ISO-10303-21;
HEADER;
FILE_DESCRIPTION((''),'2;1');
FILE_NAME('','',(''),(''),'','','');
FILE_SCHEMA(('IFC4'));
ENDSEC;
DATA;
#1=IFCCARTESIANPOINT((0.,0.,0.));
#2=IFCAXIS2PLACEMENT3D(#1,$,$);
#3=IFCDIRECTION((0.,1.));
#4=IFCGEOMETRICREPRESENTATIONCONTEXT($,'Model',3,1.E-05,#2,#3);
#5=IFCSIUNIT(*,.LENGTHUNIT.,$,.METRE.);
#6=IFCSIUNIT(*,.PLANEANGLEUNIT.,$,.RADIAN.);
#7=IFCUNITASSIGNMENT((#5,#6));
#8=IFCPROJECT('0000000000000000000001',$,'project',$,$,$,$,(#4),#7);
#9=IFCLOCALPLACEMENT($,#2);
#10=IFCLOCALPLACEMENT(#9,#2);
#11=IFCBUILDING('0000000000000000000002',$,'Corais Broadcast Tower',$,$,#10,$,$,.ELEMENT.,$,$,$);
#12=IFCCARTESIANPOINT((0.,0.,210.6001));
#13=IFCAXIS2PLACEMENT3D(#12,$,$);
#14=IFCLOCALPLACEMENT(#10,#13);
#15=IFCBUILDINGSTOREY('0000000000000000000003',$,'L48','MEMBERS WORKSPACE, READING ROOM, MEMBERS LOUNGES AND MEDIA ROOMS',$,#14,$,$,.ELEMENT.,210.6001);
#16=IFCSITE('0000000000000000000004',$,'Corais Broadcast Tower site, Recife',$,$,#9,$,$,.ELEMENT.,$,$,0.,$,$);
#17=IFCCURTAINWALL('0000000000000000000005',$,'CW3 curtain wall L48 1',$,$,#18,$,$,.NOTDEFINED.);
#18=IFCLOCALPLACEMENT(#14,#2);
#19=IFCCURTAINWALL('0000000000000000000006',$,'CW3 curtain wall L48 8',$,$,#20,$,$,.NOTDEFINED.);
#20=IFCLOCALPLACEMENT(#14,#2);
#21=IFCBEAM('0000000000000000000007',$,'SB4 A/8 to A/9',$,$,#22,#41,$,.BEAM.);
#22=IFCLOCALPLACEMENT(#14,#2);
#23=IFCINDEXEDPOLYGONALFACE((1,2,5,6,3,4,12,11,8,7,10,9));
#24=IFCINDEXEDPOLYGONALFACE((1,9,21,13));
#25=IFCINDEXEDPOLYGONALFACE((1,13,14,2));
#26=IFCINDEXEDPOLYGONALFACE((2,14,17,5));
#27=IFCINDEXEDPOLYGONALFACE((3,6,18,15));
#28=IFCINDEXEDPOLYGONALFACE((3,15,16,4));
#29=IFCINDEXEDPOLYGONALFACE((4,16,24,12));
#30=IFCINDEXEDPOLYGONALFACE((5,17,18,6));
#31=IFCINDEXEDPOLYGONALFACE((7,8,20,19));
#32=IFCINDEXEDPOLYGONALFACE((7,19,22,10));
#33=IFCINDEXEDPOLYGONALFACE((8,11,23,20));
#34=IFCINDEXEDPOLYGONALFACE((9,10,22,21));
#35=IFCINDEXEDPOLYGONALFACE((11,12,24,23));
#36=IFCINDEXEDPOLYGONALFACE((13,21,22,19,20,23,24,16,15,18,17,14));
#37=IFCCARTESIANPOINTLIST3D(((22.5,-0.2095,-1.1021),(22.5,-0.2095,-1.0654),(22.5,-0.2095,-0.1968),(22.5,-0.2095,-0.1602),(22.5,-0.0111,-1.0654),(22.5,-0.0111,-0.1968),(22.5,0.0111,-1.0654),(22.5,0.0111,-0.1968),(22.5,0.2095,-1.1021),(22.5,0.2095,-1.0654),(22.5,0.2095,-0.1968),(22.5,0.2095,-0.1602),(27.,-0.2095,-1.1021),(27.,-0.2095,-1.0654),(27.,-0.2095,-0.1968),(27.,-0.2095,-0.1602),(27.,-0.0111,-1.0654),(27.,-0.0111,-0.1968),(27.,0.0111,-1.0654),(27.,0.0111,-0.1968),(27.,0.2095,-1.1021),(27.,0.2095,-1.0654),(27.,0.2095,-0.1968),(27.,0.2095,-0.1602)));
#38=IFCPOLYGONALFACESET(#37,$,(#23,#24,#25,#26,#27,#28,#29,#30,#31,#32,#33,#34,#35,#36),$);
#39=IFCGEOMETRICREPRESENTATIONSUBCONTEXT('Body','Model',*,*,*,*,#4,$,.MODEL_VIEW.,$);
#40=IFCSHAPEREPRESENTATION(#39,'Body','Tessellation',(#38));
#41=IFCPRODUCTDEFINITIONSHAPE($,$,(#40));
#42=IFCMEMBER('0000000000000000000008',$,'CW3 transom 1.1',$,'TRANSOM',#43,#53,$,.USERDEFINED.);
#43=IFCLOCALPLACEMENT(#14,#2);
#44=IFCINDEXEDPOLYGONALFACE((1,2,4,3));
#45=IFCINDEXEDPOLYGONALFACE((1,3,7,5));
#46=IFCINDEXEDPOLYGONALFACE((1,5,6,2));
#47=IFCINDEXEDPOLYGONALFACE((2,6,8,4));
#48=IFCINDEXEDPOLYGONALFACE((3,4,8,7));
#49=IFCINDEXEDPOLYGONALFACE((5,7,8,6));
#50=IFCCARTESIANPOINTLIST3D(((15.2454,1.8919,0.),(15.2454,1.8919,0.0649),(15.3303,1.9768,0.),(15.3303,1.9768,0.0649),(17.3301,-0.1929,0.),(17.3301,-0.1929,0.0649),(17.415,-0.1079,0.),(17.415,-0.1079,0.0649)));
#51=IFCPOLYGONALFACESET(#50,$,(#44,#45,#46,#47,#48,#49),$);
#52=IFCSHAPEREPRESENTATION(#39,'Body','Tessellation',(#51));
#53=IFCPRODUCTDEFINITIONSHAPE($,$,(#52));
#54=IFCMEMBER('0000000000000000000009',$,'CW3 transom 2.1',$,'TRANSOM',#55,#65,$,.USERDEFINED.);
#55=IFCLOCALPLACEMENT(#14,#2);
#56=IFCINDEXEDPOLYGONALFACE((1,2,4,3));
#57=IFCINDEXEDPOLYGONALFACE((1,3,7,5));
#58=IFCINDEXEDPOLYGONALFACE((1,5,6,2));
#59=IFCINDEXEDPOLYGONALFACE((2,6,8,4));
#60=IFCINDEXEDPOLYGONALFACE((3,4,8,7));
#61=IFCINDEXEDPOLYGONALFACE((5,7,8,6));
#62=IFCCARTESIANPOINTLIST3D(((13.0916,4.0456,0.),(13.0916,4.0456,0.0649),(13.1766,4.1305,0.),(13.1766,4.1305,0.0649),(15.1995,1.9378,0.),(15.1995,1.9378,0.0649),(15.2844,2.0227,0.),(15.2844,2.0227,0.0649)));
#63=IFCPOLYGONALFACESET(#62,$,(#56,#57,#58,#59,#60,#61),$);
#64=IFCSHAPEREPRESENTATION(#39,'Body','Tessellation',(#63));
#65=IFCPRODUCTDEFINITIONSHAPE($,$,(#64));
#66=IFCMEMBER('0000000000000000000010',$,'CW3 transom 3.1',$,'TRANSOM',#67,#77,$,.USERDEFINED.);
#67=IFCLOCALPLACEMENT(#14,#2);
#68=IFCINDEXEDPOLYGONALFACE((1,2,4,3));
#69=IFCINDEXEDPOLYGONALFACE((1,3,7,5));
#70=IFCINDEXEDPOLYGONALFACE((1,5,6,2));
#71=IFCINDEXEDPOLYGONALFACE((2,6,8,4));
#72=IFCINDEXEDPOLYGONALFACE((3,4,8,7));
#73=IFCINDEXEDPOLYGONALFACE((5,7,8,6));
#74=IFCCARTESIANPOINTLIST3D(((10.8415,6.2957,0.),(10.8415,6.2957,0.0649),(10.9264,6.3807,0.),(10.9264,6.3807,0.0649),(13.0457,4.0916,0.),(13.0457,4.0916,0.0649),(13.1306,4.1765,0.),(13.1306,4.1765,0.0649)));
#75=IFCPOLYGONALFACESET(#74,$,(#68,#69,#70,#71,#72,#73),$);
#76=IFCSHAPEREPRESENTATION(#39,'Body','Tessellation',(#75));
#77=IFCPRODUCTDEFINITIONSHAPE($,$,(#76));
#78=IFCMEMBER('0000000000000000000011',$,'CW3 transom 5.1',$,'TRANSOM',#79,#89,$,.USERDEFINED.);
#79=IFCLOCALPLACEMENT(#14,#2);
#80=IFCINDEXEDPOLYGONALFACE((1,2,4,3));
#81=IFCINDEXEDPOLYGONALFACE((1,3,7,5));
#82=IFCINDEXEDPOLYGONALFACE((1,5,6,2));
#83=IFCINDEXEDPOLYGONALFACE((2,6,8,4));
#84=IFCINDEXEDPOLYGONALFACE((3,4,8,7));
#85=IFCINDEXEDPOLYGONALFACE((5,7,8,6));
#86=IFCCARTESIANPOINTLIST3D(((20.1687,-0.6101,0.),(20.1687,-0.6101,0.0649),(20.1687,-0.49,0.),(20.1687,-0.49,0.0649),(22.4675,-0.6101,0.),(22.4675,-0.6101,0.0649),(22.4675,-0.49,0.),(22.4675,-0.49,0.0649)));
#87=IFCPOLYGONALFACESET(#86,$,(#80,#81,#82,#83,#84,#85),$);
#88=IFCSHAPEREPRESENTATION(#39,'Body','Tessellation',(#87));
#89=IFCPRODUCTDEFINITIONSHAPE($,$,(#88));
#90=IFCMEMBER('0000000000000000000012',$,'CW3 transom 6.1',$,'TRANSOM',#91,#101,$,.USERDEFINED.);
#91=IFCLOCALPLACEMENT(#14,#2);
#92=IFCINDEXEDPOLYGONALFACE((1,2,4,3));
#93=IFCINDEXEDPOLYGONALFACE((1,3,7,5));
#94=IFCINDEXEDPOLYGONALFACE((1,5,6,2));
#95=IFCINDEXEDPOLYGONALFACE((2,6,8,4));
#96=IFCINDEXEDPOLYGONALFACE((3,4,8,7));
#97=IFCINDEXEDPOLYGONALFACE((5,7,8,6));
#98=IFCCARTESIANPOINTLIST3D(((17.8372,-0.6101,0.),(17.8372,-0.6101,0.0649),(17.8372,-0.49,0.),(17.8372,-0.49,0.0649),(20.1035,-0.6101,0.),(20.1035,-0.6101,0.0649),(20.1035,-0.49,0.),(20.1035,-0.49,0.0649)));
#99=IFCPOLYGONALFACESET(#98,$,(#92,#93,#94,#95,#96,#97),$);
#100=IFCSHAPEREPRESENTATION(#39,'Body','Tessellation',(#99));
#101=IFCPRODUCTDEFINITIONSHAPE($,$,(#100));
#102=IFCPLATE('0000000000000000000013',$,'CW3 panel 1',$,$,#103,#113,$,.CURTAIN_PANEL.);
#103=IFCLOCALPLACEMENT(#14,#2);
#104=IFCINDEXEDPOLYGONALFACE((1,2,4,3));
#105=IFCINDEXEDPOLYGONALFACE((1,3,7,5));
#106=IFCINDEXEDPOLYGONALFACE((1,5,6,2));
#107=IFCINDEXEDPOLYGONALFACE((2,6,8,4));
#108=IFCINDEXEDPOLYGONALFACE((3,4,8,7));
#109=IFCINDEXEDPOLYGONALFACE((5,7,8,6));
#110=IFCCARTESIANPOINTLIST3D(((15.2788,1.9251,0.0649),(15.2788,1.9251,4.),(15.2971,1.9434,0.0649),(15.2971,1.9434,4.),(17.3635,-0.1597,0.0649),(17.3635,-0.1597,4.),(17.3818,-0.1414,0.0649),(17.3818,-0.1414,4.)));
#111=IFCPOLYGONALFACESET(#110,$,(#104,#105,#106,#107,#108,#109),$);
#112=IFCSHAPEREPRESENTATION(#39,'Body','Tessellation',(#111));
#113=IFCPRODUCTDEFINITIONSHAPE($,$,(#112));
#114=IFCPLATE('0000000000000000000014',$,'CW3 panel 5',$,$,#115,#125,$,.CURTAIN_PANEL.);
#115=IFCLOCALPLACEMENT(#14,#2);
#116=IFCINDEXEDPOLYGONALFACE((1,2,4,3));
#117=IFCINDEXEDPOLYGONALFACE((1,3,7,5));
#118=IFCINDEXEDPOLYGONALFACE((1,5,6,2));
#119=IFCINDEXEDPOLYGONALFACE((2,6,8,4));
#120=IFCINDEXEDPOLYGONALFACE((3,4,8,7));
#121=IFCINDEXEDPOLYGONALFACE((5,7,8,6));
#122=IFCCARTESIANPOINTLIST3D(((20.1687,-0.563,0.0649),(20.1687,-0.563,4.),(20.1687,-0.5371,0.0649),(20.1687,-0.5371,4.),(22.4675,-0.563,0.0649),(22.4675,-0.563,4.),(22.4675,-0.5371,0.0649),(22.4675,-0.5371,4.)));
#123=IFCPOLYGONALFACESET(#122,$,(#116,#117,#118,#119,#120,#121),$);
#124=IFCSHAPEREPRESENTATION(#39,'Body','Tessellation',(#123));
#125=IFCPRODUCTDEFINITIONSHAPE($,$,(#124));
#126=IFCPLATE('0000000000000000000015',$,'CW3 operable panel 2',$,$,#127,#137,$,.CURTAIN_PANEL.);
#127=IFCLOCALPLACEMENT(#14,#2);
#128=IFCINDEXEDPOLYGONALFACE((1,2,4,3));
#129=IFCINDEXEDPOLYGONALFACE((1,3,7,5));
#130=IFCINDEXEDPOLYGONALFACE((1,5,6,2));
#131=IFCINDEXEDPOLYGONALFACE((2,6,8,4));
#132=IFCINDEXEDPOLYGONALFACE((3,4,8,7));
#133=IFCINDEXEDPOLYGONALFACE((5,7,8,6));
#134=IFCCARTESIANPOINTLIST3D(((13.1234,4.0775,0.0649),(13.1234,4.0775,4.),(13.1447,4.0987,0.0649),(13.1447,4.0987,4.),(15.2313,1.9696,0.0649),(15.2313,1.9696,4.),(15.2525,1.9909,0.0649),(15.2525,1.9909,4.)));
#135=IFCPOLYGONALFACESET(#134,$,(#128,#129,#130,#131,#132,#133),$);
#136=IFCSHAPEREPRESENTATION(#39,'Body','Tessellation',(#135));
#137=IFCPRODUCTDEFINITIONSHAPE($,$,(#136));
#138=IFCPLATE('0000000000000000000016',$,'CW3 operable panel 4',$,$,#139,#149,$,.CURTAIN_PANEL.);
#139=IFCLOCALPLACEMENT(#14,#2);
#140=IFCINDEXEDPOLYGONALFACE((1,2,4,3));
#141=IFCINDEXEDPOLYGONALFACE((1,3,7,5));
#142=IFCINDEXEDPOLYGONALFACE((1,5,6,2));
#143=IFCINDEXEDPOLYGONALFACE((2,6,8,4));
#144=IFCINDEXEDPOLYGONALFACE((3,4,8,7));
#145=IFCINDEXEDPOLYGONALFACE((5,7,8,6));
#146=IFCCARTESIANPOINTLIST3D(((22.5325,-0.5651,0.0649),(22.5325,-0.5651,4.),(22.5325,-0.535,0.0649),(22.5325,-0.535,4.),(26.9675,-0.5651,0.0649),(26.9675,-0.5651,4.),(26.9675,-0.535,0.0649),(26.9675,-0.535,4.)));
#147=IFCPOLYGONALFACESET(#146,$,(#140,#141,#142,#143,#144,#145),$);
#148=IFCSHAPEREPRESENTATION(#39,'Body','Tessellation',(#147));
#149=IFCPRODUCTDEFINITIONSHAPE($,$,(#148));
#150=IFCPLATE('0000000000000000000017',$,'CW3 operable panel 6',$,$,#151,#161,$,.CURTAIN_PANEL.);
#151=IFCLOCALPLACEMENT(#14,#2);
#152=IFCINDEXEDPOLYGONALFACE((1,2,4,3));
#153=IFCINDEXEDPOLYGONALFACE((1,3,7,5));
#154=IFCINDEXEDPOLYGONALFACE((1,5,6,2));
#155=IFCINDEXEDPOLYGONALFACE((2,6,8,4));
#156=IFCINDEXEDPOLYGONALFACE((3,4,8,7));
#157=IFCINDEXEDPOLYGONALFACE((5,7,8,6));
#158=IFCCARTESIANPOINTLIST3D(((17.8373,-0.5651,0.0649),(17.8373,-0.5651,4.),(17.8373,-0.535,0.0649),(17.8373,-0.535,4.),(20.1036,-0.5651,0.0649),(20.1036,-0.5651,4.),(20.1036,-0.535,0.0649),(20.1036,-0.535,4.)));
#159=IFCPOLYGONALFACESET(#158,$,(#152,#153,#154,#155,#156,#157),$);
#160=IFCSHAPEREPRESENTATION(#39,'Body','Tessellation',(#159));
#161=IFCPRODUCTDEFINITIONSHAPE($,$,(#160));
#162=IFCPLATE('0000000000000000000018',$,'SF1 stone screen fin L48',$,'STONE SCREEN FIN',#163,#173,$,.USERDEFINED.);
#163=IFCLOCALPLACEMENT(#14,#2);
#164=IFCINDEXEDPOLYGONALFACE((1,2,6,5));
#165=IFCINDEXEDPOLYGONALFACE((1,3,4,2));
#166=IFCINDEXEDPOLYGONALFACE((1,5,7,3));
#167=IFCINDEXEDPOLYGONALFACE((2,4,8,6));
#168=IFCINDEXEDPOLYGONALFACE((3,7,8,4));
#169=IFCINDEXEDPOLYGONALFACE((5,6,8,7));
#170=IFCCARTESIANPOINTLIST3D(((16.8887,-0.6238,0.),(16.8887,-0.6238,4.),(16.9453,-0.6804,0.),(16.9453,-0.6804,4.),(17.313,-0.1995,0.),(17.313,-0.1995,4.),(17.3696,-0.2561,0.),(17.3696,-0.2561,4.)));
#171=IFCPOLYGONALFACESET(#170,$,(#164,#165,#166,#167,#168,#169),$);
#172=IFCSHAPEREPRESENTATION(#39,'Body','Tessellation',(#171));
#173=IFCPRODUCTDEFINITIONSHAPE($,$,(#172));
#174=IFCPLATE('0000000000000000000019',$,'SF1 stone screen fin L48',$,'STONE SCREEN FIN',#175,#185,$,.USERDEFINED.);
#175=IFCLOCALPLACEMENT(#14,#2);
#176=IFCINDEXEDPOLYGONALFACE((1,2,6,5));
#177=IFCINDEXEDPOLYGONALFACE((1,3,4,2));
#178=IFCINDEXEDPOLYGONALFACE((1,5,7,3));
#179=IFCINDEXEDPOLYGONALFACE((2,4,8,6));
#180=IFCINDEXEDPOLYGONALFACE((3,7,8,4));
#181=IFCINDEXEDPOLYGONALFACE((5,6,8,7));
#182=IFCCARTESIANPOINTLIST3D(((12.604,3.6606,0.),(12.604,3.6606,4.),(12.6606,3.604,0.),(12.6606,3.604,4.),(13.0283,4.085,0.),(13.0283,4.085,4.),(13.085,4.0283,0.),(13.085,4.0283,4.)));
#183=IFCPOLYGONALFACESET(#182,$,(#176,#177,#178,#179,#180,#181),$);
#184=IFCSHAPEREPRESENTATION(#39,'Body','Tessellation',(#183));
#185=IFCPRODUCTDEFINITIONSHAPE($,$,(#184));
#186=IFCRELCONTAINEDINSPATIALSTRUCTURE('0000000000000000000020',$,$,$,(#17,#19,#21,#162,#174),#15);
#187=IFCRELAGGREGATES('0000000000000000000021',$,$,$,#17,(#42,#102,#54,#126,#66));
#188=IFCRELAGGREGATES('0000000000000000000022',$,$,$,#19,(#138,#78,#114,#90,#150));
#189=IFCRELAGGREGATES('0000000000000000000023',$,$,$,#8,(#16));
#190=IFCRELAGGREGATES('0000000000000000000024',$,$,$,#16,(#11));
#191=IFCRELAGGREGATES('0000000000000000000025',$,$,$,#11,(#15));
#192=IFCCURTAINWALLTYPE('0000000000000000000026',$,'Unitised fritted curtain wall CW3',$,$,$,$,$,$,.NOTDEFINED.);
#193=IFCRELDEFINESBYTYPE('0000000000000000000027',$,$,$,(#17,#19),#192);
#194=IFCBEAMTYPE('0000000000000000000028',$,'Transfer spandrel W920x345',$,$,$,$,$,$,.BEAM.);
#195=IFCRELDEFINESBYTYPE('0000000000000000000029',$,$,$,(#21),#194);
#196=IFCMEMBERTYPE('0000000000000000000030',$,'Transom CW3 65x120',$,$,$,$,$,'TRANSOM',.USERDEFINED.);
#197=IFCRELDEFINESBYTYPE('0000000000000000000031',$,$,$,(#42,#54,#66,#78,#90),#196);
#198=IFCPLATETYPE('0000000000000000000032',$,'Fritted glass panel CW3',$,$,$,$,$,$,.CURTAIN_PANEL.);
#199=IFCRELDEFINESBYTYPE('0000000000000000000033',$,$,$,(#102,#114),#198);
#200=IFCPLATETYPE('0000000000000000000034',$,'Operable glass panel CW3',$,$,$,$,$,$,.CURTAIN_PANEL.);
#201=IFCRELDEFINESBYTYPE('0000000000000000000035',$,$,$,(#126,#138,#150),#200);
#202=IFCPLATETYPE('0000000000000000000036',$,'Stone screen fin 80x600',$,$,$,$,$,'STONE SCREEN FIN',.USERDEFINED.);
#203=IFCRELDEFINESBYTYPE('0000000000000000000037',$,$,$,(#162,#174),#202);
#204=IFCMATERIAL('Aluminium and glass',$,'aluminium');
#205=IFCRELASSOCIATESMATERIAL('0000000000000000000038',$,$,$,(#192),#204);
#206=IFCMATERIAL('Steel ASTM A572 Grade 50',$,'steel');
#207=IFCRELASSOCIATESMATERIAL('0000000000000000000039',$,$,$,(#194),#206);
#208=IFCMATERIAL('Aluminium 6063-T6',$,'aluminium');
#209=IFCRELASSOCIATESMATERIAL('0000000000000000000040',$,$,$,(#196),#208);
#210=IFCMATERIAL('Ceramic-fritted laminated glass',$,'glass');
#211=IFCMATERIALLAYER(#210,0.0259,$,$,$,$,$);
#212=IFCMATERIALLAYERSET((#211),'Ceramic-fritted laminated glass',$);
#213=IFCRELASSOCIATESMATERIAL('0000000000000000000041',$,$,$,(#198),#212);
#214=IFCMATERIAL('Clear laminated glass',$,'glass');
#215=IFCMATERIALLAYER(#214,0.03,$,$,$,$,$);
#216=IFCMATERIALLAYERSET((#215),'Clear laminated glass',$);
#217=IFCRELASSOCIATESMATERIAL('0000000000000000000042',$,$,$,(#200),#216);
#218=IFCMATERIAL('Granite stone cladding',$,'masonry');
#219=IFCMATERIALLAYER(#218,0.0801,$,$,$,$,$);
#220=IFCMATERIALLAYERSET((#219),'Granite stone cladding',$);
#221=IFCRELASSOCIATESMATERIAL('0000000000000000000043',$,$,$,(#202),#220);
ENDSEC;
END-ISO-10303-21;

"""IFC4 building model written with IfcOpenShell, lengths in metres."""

from ifc_helpers import new_model, si_unit, direction, frame, origin, origin_2d, place, context, subcontext, project, spatial, rectangle, i_section, extrude, material, layer, layer_set, material_profile, profile_set, type_object, element, aggregate, save


model = new_model("IFC4")

# Units and contexts
model_context = context("Model", 3, precision=1e-05, world=origin(), true_north=direction((0.0, 1.0)))
body_context = subcontext(model_context, "Body", "Model", "MODEL_VIEW")
ifc_project = project(units=[si_unit("LENGTHUNIT", "METRE"), si_unit("PLANEANGLEUNIT", "RADIAN")], contexts=[model_context])

# Site, building, storey
site_placement = place(None, origin())
site = spatial("IfcSite", under=ifc_project, at=site_placement, Name="Corais Broadcast Tower site, Recife", CompositionType="ELEMENT", RefElevation=0.0)
building_placement = place(site_placement, origin())
building = spatial("IfcBuilding", under=site, at=building_placement, Name="Corais Broadcast Tower", CompositionType="ELEMENT")
storey_placement = place(building_placement, frame((0.0, 0.0, 210.6001)))
storey = spatial("IfcBuildingStorey", under=building, at=storey_placement, Name="L48", Description="MEMBERS WORKSPACE, READING ROOM, MEMBERS LOUNGES AND MEDIA ROOMS", CompositionType="ELEMENT", Elevation=210.6001)

# Curtain walls
ifc_material_1 = material(Name="Aluminium and glass", Category="aluminium")
curtain_wall_type = type_object("IfcCurtainWallType", Name="Unitised fritted curtain wall CW3", PredefinedType="NOTDEFINED", material=ifc_material_1)
curtain_wall_1_placement = place(storey_placement, origin())
curtain_wall_1 = element("IfcCurtainWall", 1, at=curtain_wall_1_placement, inside=storey, type_object=curtain_wall_type, Name="CW3 curtain wall L48 1", PredefinedType="NOTDEFINED")
curtain_wall_2_placement = place(storey_placement, origin())
curtain_wall_2 = element("IfcCurtainWall", 2, at=curtain_wall_2_placement, inside=storey, type_object=curtain_wall_type, Name="CW3 curtain wall L48 8", PredefinedType="NOTDEFINED")

# Beam
ifc_material_2 = material(Name="Steel ASTM A572 Grade 50", Category="steel")
ifc_material_profile_1 = material_profile(ifc_material_2, i_section(OverallWidth=0.4189, OverallDepth=0.9419, WebThickness=0.0222, FlangeThickness=0.0366, at=origin_2d()), Name="W920x345")
ifc_profile_set_1 = profile_set([ifc_material_profile_1], Name="Steel ASTM A572 Grade 50")
beam_type_1 = type_object("IfcBeamType", Name="Transfer spandrel W920x345", PredefinedType="BEAM", material=ifc_profile_set_1)
for number, where, z_axis, x_axis, name in (
    (3, (22.5, 0.0, -0.6311), (1.0, 0.0, 0.0), (0.0, 1.0, 0.0), "SB4 A/8 to A/9"),
):
    element("IfcBeam", number, at=place(storey_placement, frame(where, z_axis=z_axis, x_axis=x_axis)), inside=storey, type_object=beam_type_1, Name=name, PredefinedType="BEAM", context=body_context, shape_type="SweptSolid", body=[
        extrude(i_section(OverallWidth=0.4189, OverallDepth=0.9419, WebThickness=0.0222, FlangeThickness=0.0366, at=origin_2d()), origin(), (0.0, 0.0, 1.0), 4.5),
    ])

# Members
ifc_material_3 = material(Name="Aluminium 6063-T6", Category="aluminium")
ifc_material_profile_2 = material_profile(ifc_material_3, rectangle(XDim=0.1201, YDim=0.0649, at=origin_2d()), Name="Transom CW3 65x120")
ifc_profile_set_2 = profile_set([ifc_material_profile_2], Name="Aluminium 6063-T6")
member_type_1 = type_object("IfcMemberType", Name="Transom CW3 65x120", ElementType="TRANSOM", PredefinedType="USERDEFINED", material=ifc_profile_set_2)
member_1_placement = place(storey_placement, frame((17.3726, -0.1504, 0.0325), z_axis=(-0.707107, 0.707107, 0.0), x_axis=(-0.707107, -0.707107, 0.0)))
member_1 = element("IfcMember", 4, at=member_1_placement, type_object=member_type_1, Name="CW3 transom 1.1", ObjectType="TRANSOM", PredefinedType="USERDEFINED", context=body_context, shape_type="SweptSolid", body=[
    extrude(rectangle(XDim=0.1201, YDim=0.0649, at=origin_2d()), origin(), (0.0, 0.0, 1.0), 2.9482),
])
member_2_placement = place(storey_placement, frame((15.2419, 1.9802, 0.0325), z_axis=(-0.707107, 0.707107, 0.0), x_axis=(-0.707107, -0.707107, 0.0)))
member_2 = element("IfcMember", 5, at=member_2_placement, type_object=member_type_1, Name="CW3 transom 2.1", ObjectType="TRANSOM", PredefinedType="USERDEFINED", context=body_context, shape_type="SweptSolid", body=[
    extrude(rectangle(XDim=0.1201, YDim=0.0649, at=origin_2d()), origin(), (0.0, 0.0, 1.0), 2.981),
])
member_3_placement = place(storey_placement, frame((13.0881, 4.134, 0.0325), z_axis=(-0.707107, 0.707107, 0.0), x_axis=(-0.707107, -0.707107, 0.0)))
member_3 = element("IfcMember", 6, at=member_3_placement, type_object=member_type_1, Name="CW3 transom 3.1", ObjectType="TRANSOM", PredefinedType="USERDEFINED", context=body_context, shape_type="SweptSolid", body=[
    extrude(rectangle(XDim=0.1201, YDim=0.0649, at=origin_2d()), origin(), (0.0, 0.0, 1.0), 3.1172),
])
member_4_placement = place(storey_placement, frame((22.4675, -0.55, 0.0325), z_axis=(-1.0, 0.0, 0.0), x_axis=(0.0, -1.0, 0.0)))
member_4 = element("IfcMember", 7, at=member_4_placement, type_object=member_type_1, Name="CW3 transom 5.1", ObjectType="TRANSOM", PredefinedType="USERDEFINED", context=body_context, shape_type="SweptSolid", body=[
    extrude(rectangle(XDim=0.1201, YDim=0.0649, at=origin_2d()), origin(), (0.0, 0.0, 1.0), 2.2988),
])
member_5_placement = place(storey_placement, frame((20.1035, -0.55, 0.0325), z_axis=(-1.0, 0.0, 0.0), x_axis=(0.0, -1.0, 0.0)))
member_5 = element("IfcMember", 8, at=member_5_placement, type_object=member_type_1, Name="CW3 transom 6.1", ObjectType="TRANSOM", PredefinedType="USERDEFINED", context=body_context, shape_type="SweptSolid", body=[
    extrude(rectangle(XDim=0.1201, YDim=0.0649, at=origin_2d()), origin(), (0.0, 0.0, 1.0), 2.2664),
])

# Plates
ifc_material_4 = material(Name="Ceramic-fritted laminated glass", Category="glass")
ifc_layer_1 = layer(ifc_material_4, 0.0259)
ifc_layer_set_1 = layer_set([ifc_layer_1], Name="Ceramic-fritted laminated glass")
plate_type_1 = type_object("IfcPlateType", Name="Fritted glass panel CW3", PredefinedType="CURTAIN_PANEL", material=ifc_layer_set_1)
plate_1_placement = place(storey_placement, frame((16.3303, 0.8918, 0.0649), z_axis=(0.0, 0.0, 1.0), x_axis=(-0.707107, 0.707107, 0.0)))
plate_1 = element("IfcPlate", 9, at=plate_1_placement, type_object=plate_type_1, Name="CW3 panel 1", PredefinedType="CURTAIN_PANEL", context=body_context, shape_type="SweptSolid", body=[
    extrude(rectangle(XDim=2.9482, YDim=0.0259, at=origin_2d()), origin(), (0.0, 0.0, 1.0), 3.9351),
])
plate_2_placement = place(storey_placement, frame((21.3181, -0.55, 0.0649), z_axis=(0.0, 0.0, 1.0), x_axis=(-1.0, 0.0, 0.0)))
plate_2 = element("IfcPlate", 10, at=plate_2_placement, type_object=plate_type_1, Name="CW3 panel 5", PredefinedType="CURTAIN_PANEL", context=body_context, shape_type="SweptSolid", body=[
    extrude(rectangle(XDim=2.2988, YDim=0.0259, at=origin_2d()), origin(), (0.0, 0.0, 1.0), 3.9351),
])
ifc_material_5 = material(Name="Clear laminated glass", Category="glass")
ifc_layer_2 = layer(ifc_material_5, 0.03)
ifc_layer_set_2 = layer_set([ifc_layer_2], Name="Clear laminated glass")
plate_type_2 = type_object("IfcPlateType", Name="Operable glass panel CW3", PredefinedType="CURTAIN_PANEL", material=ifc_layer_set_2)
plate_3_placement = place(storey_placement, frame((14.188, 3.0342, 0.0649), z_axis=(0.0, 0.0, 1.0), x_axis=(-0.707107, 0.707107, 0.0)))
plate_3 = element("IfcPlate", 11, at=plate_3_placement, type_object=plate_type_2, Name="CW3 operable panel 2", PredefinedType="CURTAIN_PANEL", context=body_context, shape_type="SweptSolid", body=[
    extrude(rectangle(XDim=2.981, YDim=0.03, at=origin_2d()), origin(), (0.0, 0.0, 1.0), 3.9351),
])
aggregate(curtain_wall_1, [member_1, plate_1, member_2, plate_3, member_3])
plate_4_placement = place(storey_placement, frame((24.75, -0.55, 0.0649), z_axis=(0.0, 0.0, 1.0), x_axis=(-1.0, 0.0, 0.0)))
plate_4 = element("IfcPlate", 12, at=plate_4_placement, type_object=plate_type_2, Name="CW3 operable panel 4", PredefinedType="CURTAIN_PANEL", context=body_context, shape_type="SweptSolid", body=[
    extrude(rectangle(XDim=4.4351, YDim=0.03, at=origin_2d()), origin(), (0.0, 0.0, 1.0), 3.9351),
])
plate_5_placement = place(storey_placement, frame((18.9705, -0.55, 0.0649), z_axis=(0.0, 0.0, 1.0), x_axis=(-1.0, 0.0, 0.0)))
plate_5 = element("IfcPlate", 13, at=plate_5_placement, type_object=plate_type_2, Name="CW3 operable panel 6", PredefinedType="CURTAIN_PANEL", context=body_context, shape_type="SweptSolid", body=[
    extrude(rectangle(XDim=2.2664, YDim=0.03, at=origin_2d()), origin(), (0.0, 0.0, 1.0), 3.9351),
])
aggregate(curtain_wall_2, [plate_4, member_4, plate_2, member_5, plate_5])

# Plates
ifc_material_6 = material(Name="Granite stone cladding", Category="masonry")
ifc_layer_3 = layer(ifc_material_6, 0.0801)
ifc_layer_set_3 = layer_set([ifc_layer_3], Name="Granite stone cladding")
plate_type_3 = type_object("IfcPlateType", Name="Stone screen fin 80x600", ElementType="STONE SCREEN FIN", PredefinedType="USERDEFINED", material=ifc_layer_set_3)
for number, where, z_axis, x_axis, name in (
    (14, (17.1292, -0.4399, 0.0), (0.0, 0.0, 1.0), (-0.707107, 0.707107, 0.0), "SF1 stone screen fin L48"),
    (15, (12.8445, 3.8445, 0.0), (0.0, 0.0, 1.0), (-0.707107, 0.707107, 0.0), "SF1 stone screen fin L48"),
):
    element("IfcPlate", number, at=place(storey_placement, frame(where, z_axis=z_axis, x_axis=x_axis)), inside=storey, type_object=plate_type_3, Name=name, ObjectType="STONE SCREEN FIN", PredefinedType="USERDEFINED", context=body_context, shape_type="SweptSolid", body=[
        extrude(rectangle(XDim=0.0801, YDim=0.6001, at=origin_2d()), origin(), (0.0, 0.0, 1.0), 4.0),
    ])

save(model, "model.ifc")
